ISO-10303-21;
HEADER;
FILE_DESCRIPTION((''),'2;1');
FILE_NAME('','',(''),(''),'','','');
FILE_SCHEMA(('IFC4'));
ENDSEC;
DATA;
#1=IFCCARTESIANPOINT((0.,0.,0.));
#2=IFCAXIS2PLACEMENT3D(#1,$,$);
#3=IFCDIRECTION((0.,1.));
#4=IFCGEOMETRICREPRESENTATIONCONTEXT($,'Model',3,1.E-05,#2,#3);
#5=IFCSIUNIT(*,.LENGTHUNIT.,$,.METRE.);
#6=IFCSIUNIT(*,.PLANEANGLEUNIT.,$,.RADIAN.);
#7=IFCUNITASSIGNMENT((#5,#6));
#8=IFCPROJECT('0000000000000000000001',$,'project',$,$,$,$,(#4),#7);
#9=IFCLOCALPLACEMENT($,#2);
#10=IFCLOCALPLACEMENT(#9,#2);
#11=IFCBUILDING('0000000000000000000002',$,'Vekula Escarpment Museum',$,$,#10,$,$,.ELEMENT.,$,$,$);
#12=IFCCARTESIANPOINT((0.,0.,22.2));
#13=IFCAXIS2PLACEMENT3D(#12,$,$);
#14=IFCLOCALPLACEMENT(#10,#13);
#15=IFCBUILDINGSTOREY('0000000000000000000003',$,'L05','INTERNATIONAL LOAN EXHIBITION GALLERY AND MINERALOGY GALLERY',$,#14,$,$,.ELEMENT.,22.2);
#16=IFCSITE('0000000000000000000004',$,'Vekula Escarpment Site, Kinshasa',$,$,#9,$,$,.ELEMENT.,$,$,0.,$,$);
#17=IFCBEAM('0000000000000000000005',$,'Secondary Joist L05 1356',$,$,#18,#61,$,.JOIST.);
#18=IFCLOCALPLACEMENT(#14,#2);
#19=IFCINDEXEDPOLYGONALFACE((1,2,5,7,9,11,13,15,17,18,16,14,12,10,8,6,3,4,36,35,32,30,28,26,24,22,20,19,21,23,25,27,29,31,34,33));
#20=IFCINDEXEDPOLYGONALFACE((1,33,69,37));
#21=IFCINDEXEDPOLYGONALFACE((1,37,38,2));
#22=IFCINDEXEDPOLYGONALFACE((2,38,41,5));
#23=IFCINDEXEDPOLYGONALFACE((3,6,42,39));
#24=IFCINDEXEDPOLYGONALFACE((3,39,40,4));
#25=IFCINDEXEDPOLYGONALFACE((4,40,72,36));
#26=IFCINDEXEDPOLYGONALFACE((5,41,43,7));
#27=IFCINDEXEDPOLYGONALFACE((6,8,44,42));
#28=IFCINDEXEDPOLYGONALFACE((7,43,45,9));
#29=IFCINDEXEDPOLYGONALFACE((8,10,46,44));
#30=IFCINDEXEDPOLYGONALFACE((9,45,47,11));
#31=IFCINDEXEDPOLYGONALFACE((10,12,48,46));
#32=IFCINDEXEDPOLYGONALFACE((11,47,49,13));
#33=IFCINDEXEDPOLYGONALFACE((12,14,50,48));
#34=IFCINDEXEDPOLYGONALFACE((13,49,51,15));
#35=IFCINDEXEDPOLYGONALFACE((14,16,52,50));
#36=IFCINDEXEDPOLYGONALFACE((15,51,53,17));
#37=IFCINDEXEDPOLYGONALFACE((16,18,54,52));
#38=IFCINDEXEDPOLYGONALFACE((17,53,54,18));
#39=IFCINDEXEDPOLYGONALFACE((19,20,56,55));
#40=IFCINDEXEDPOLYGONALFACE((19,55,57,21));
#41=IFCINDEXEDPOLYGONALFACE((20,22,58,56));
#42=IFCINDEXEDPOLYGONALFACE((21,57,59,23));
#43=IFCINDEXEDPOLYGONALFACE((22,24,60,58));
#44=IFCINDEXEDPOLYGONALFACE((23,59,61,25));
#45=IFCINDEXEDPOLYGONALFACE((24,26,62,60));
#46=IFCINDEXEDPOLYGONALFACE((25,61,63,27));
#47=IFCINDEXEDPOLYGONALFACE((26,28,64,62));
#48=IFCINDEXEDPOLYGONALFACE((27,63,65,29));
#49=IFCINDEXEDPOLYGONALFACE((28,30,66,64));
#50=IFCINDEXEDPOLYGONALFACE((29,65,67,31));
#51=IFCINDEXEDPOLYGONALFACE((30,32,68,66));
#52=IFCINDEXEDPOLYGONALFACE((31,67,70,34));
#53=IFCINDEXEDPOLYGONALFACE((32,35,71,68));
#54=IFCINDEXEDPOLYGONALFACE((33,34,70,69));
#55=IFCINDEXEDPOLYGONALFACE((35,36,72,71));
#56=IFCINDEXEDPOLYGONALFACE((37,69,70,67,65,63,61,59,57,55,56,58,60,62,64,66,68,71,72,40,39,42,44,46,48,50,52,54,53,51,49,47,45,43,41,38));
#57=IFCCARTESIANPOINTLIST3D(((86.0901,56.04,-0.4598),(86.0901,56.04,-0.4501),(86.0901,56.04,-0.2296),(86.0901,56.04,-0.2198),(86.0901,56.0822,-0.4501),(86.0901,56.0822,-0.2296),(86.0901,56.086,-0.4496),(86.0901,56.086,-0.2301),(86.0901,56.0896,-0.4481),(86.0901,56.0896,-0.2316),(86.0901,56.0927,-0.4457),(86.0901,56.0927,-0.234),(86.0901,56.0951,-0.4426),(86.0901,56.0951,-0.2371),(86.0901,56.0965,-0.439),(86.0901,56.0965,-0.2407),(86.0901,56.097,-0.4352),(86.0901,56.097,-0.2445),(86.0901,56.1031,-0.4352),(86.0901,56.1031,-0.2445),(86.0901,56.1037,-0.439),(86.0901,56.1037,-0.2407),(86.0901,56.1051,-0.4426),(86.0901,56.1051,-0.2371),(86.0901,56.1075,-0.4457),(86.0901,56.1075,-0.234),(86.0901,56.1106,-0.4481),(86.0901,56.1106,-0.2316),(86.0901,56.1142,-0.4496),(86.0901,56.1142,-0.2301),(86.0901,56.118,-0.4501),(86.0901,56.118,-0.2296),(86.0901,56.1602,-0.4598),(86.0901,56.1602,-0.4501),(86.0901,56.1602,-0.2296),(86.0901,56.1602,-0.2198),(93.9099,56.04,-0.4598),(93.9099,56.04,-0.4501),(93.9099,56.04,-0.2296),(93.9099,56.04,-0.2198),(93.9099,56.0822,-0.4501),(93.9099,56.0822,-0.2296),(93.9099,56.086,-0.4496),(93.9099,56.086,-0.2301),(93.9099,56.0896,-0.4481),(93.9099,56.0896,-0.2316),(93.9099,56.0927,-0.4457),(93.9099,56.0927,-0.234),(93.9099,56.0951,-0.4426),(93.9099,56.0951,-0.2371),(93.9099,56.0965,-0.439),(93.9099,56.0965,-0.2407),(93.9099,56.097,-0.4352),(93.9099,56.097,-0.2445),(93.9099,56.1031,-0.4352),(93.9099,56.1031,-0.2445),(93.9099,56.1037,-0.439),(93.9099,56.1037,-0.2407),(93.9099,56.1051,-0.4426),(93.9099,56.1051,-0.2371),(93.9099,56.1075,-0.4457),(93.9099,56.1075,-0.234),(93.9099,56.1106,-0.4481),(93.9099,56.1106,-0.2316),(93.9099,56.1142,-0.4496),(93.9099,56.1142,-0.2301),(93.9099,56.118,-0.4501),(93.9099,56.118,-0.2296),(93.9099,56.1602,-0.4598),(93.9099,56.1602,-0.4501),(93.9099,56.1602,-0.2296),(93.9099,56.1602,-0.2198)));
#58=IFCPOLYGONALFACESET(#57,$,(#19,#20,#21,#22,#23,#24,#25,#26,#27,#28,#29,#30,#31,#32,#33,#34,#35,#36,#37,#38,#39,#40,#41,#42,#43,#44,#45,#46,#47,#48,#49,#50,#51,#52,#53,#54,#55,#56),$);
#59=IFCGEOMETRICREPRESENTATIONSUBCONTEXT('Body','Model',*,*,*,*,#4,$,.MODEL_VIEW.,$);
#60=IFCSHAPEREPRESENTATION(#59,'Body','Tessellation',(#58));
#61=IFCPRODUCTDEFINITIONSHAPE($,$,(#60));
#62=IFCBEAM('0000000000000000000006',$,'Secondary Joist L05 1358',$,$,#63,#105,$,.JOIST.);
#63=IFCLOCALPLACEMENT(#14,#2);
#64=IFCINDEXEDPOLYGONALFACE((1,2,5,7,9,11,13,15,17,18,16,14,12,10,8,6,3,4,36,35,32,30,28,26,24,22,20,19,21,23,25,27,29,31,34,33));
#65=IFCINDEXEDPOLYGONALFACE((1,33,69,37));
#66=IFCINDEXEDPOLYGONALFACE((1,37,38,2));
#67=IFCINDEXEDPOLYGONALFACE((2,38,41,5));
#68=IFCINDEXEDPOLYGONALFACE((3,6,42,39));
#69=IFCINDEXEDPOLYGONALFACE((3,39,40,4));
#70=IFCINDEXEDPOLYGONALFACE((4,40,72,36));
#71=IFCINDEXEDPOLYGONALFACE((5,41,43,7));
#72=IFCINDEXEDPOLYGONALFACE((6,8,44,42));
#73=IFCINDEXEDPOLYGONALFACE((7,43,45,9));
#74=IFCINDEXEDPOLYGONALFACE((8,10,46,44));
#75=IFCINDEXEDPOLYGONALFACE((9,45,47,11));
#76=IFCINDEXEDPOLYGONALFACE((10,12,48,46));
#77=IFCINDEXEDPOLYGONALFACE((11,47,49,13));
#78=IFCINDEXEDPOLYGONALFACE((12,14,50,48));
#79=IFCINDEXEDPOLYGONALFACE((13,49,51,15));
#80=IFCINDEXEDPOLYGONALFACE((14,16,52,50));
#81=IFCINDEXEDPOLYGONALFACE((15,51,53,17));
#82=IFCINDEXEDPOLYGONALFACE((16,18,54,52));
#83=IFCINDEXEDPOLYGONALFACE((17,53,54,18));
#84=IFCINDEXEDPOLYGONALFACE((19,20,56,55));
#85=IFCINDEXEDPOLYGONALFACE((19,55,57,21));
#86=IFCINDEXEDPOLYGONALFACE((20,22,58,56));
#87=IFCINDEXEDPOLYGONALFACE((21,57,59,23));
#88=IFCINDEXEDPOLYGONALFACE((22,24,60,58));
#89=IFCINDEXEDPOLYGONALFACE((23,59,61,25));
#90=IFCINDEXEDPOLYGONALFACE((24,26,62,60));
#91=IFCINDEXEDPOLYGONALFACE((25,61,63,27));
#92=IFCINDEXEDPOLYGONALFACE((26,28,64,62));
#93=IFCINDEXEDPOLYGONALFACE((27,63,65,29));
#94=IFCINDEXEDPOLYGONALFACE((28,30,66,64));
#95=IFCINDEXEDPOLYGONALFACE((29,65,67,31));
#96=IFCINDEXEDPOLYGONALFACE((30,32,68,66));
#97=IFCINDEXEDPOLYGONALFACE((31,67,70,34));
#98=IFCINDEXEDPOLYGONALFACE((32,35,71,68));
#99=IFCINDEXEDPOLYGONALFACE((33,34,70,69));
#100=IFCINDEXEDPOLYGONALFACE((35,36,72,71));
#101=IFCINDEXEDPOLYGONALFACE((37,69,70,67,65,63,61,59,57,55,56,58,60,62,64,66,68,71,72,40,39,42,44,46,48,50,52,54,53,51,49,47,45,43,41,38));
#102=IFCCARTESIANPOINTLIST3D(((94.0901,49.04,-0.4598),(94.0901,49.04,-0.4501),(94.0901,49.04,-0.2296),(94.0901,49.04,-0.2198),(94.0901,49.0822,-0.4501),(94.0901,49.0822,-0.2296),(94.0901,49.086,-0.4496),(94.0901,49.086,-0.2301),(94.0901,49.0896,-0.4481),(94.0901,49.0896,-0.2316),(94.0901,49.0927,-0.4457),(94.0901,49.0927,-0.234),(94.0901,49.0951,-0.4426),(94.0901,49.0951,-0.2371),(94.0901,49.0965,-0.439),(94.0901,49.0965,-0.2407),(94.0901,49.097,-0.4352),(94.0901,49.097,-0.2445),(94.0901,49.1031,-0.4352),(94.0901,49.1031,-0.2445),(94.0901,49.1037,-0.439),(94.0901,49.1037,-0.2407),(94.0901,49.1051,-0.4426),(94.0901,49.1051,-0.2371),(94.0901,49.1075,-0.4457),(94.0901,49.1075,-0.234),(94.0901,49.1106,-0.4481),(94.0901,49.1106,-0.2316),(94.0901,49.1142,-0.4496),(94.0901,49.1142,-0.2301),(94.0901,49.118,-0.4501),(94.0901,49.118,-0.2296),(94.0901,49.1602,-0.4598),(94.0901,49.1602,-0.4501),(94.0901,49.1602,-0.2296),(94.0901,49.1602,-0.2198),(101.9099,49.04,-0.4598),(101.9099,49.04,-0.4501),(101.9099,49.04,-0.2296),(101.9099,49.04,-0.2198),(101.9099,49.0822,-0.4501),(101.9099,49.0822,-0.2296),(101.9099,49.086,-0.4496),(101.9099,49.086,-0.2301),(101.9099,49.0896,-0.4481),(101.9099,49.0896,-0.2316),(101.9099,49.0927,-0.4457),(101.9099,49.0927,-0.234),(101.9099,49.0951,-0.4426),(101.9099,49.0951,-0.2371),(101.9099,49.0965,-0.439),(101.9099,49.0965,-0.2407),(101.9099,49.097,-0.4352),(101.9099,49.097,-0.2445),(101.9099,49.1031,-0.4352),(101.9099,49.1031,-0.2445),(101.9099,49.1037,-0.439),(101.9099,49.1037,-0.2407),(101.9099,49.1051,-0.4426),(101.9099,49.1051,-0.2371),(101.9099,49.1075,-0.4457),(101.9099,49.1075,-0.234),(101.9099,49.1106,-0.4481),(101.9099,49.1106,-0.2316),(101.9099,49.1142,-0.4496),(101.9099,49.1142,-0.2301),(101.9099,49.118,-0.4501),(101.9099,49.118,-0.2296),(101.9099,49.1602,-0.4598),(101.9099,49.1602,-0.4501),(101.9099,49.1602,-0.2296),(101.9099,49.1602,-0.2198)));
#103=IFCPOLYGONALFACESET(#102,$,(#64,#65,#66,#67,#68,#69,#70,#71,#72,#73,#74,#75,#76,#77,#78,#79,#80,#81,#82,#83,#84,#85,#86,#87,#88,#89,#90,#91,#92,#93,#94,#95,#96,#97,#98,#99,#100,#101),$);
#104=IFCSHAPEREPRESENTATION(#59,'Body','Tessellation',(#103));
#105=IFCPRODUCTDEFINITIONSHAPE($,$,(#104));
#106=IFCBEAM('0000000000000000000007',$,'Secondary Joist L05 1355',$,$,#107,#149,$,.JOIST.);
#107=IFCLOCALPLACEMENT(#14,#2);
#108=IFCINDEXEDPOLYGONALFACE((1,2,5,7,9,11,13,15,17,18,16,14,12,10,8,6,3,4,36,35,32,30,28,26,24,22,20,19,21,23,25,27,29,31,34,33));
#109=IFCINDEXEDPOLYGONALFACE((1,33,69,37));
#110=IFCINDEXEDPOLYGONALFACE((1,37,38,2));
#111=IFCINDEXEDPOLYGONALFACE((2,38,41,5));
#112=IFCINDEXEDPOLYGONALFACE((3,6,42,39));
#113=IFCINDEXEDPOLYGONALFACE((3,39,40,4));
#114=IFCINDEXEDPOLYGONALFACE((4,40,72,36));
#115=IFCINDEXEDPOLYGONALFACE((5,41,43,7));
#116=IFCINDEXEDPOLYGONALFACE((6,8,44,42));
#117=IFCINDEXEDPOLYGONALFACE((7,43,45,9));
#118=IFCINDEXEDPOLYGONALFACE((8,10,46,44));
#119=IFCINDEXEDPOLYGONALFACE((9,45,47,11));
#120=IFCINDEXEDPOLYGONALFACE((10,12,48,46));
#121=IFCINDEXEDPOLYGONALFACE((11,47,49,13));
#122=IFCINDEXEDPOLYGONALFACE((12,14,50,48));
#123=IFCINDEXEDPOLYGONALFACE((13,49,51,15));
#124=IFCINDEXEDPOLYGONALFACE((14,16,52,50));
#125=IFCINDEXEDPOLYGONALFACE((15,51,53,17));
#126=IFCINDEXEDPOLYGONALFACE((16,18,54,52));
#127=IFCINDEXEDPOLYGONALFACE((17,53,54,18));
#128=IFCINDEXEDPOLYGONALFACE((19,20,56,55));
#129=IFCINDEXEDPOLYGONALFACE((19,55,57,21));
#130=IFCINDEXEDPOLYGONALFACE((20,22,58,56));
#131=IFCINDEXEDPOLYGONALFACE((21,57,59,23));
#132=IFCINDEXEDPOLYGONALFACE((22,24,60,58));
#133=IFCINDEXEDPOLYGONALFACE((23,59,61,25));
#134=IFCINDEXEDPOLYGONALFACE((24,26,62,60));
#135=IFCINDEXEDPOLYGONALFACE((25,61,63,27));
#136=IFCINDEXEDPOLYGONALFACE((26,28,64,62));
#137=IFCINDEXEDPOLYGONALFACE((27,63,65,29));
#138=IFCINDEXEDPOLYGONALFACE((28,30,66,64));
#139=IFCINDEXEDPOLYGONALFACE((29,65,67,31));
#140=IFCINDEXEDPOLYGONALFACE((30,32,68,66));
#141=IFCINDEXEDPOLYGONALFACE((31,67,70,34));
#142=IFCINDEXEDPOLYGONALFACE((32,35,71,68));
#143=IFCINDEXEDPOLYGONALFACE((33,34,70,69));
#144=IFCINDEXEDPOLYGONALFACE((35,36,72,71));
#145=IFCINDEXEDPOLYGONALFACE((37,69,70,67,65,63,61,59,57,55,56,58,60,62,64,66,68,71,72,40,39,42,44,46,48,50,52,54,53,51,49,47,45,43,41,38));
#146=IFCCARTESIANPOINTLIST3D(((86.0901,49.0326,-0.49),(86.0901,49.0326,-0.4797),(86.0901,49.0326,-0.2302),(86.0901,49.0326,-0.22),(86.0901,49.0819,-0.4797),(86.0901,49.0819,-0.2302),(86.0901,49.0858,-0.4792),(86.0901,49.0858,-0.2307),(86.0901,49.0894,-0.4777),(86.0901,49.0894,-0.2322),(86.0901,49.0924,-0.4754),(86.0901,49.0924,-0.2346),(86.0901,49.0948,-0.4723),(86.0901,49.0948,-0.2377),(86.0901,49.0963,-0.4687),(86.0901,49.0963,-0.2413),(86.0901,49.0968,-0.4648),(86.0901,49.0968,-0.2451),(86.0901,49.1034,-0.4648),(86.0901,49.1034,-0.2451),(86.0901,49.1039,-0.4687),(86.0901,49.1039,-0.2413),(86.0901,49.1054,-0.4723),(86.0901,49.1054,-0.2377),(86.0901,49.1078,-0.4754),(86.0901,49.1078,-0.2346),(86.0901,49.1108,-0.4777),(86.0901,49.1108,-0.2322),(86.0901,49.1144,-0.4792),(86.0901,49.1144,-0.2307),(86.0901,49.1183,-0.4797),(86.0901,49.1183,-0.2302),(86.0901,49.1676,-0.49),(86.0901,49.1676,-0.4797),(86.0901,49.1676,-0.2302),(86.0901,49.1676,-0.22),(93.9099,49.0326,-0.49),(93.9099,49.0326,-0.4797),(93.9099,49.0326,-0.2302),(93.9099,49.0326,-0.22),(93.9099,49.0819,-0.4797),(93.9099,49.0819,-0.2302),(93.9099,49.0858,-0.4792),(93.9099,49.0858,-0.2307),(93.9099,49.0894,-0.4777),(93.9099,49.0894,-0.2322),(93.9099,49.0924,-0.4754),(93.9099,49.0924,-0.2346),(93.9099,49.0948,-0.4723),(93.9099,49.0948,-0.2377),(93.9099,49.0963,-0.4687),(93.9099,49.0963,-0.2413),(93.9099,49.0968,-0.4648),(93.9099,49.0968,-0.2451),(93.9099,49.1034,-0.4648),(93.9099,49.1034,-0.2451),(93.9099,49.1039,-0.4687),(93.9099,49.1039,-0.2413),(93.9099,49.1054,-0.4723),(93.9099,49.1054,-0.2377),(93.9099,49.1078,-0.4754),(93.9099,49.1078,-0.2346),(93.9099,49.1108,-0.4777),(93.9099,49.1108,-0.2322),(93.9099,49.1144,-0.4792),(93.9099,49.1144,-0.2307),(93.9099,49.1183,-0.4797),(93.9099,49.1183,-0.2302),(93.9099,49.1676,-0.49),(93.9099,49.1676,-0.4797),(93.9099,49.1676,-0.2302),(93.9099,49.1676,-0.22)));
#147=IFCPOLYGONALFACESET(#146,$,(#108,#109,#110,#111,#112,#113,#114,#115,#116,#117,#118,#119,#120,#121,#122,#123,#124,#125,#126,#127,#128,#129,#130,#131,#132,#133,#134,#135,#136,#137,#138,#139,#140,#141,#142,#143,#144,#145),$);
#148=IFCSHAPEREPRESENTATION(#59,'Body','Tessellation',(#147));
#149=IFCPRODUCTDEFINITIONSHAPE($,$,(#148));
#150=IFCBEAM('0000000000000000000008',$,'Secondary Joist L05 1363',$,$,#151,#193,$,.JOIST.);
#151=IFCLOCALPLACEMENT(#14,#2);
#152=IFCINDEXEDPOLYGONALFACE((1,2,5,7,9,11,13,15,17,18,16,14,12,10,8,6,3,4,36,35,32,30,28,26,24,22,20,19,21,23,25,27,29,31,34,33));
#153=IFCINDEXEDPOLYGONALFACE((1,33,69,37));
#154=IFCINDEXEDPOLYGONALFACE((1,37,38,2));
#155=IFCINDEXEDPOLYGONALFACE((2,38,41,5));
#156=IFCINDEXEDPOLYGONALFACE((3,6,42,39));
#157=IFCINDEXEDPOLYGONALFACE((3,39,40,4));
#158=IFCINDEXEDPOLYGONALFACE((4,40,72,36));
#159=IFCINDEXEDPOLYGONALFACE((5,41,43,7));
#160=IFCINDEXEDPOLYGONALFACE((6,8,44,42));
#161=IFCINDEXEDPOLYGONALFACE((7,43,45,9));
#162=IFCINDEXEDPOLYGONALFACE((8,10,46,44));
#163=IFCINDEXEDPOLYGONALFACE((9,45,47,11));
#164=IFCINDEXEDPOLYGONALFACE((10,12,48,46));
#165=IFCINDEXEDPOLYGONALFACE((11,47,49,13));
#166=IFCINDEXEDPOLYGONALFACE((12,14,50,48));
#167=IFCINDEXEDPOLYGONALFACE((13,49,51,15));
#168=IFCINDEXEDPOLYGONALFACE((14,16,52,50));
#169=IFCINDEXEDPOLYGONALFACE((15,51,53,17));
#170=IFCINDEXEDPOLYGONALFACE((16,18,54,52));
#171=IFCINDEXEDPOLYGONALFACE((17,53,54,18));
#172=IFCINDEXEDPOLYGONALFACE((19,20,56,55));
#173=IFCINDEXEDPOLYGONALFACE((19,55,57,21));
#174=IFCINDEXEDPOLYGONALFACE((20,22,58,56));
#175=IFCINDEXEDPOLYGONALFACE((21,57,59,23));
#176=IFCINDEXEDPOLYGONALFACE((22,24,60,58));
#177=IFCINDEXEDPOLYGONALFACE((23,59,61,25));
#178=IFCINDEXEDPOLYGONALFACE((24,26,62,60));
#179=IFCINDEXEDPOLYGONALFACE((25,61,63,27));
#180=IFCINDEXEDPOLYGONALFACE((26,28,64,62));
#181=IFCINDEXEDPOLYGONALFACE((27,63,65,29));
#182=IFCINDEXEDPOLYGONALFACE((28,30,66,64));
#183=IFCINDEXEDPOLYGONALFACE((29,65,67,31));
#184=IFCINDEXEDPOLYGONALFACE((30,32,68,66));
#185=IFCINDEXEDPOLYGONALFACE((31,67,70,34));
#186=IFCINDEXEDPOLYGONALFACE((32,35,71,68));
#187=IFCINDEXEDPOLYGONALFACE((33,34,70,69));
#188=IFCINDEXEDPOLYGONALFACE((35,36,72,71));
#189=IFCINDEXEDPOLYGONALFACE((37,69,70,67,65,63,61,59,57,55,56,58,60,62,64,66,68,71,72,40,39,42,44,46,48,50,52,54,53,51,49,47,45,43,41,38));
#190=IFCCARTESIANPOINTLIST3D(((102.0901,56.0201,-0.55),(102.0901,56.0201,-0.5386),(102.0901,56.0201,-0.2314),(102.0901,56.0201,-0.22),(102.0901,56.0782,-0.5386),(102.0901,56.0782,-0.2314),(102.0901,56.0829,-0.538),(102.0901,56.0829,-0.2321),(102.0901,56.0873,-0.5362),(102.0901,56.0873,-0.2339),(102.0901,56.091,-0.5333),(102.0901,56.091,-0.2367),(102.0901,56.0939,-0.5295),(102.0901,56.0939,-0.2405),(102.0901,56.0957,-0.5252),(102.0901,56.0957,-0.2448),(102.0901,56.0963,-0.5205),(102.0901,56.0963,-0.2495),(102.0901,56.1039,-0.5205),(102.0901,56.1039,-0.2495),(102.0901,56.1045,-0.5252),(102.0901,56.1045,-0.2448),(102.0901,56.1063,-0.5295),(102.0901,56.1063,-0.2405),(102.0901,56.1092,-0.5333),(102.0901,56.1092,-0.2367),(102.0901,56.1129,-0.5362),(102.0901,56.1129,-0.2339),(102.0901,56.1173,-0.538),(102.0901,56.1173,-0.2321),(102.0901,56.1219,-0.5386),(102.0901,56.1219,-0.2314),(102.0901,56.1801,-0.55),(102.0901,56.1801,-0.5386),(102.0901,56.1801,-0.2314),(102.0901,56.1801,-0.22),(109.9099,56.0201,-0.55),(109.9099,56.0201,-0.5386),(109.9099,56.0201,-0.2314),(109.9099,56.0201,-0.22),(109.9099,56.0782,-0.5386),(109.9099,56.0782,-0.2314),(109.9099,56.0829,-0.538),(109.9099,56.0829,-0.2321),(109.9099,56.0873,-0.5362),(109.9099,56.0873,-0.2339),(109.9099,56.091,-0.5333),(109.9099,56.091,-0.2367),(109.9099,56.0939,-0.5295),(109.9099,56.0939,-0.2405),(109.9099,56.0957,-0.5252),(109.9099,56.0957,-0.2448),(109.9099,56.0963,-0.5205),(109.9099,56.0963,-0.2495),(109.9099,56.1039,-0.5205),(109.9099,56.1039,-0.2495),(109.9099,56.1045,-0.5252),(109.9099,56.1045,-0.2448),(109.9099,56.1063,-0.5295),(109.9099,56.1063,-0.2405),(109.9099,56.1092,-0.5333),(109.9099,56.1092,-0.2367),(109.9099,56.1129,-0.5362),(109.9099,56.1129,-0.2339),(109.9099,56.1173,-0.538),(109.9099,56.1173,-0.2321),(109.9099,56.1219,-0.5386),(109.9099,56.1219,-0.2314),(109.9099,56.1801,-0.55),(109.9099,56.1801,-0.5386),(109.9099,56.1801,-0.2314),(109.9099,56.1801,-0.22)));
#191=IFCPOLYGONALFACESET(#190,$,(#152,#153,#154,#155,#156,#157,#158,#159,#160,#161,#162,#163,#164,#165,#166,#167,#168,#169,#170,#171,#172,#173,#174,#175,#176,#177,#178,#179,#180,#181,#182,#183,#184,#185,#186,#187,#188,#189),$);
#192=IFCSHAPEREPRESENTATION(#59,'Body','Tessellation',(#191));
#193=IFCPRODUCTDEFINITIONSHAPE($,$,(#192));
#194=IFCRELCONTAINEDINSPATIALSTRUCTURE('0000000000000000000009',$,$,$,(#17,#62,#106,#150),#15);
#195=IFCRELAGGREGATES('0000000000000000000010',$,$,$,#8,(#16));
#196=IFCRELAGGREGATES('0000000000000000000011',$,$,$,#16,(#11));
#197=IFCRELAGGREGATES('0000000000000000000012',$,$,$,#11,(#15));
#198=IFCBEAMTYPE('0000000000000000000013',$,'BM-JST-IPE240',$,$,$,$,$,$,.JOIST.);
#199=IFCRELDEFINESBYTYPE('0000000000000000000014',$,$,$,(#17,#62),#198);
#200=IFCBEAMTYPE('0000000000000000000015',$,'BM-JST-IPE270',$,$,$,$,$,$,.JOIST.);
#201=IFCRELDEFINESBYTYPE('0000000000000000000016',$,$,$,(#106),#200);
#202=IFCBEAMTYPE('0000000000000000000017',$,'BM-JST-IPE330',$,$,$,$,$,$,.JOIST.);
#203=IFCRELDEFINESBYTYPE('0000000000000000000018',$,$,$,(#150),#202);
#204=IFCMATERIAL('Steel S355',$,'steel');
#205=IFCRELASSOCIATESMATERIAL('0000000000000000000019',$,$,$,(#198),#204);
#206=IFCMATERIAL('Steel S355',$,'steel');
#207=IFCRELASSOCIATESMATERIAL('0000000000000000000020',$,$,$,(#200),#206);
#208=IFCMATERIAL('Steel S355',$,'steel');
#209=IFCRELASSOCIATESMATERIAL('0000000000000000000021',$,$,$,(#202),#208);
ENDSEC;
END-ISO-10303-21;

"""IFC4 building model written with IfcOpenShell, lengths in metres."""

from ifc_helpers import new_model, si_unit, direction, frame, origin, origin_2d, place, context, subcontext, project, spatial, i_section, extrude, material, material_profile, profile_set, type_object, element, save


model = new_model("IFC4")

# Units and contexts
model_context = context("Model", 3, precision=1e-05, world=origin(), true_north=direction((0.0, 1.0)))
body_context = subcontext(model_context, "Body", "Model", "MODEL_VIEW")
ifc_project = project(units=[si_unit("LENGTHUNIT", "METRE"), si_unit("PLANEANGLEUNIT", "RADIAN")], contexts=[model_context])

# Site, building, storey
site_placement = place(None, origin())
site = spatial("IfcSite", under=ifc_project, at=site_placement, Name="Vekula Escarpment Site, Kinshasa", CompositionType="ELEMENT", RefElevation=0.0)
building_placement = place(site_placement, origin())
building = spatial("IfcBuilding", under=site, at=building_placement, Name="Vekula Escarpment Museum", CompositionType="ELEMENT")
storey_placement = place(building_placement, frame((0.0, 0.0, 22.2)))
storey = spatial("IfcBuildingStorey", under=building, at=storey_placement, Name="L05", Description="INTERNATIONAL LOAN EXHIBITION GALLERY AND MINERALOGY GALLERY", CompositionType="ELEMENT", Elevation=22.2)

# Beams
ifc_material_1 = material(Name="Steel S355", Category="steel")
ifc_material_profile_1 = material_profile(ifc_material_1, i_section(OverallWidth=0.1201, OverallDepth=0.24, WebThickness=0.0061, FlangeThickness=0.0098, FilletRadius=0.0149, at=origin_2d()), Name="IPE 240")
ifc_profile_set_1 = profile_set([ifc_material_profile_1], Name="Steel S355")
beam_type_1 = type_object("IfcBeamType", Name="BM-JST-IPE240", PredefinedType="JOIST", material=ifc_profile_set_1)
for number, where, z_axis, x_axis, name in (
    (1, (86.0901, 56.1001, -0.3398), (1.0, 0.0, 0.0), (0.0, 1.0, 0.0), "Secondary Joist L05 1356"),
    (2, (94.0901, 49.1001, -0.3398), (1.0, 0.0, 0.0), (0.0, 1.0, 0.0), "Secondary Joist L05 1358"),
):
    element("IfcBeam", number, at=place(storey_placement, frame(where, z_axis=z_axis, x_axis=x_axis)), inside=storey, type_object=beam_type_1, Name=name, PredefinedType="JOIST", context=body_context, shape_type="SweptSolid", body=[
        extrude(i_section(OverallWidth=0.1201, OverallDepth=0.24, WebThickness=0.0061, FlangeThickness=0.0098, FilletRadius=0.0149, at=origin_2d()), origin(), (0.0, 0.0, 1.0), 7.8198),
    ])
ifc_material_2 = material(Name="Steel S355", Category="steel")
ifc_material_profile_2 = material_profile(ifc_material_2, i_section(OverallWidth=0.135, OverallDepth=0.27, WebThickness=0.0066, FlangeThickness=0.0103, FilletRadius=0.0149, at=origin_2d()), Name="IPE 270")
ifc_profile_set_2 = profile_set([ifc_material_profile_2], Name="Steel S355")
beam_type_2 = type_object("IfcBeamType", Name="BM-JST-IPE270", PredefinedType="JOIST", material=ifc_profile_set_2)
beam_1_placement = place(storey_placement, frame((86.0901, 49.1001, -0.355), z_axis=(1.0, 0.0, 0.0), x_axis=(0.0, 1.0, 0.0)))
element("IfcBeam", 3, at=beam_1_placement, inside=storey, type_object=beam_type_2, Name="Secondary Joist L05 1355", PredefinedType="JOIST", context=body_context, shape_type="SweptSolid", body=[
    extrude(i_section(OverallWidth=0.135, OverallDepth=0.27, WebThickness=0.0066, FlangeThickness=0.0103, FilletRadius=0.0149, at=origin_2d()), origin(), (0.0, 0.0, 1.0), 7.8198),
])
ifc_material_3 = material(Name="Steel S355", Category="steel")
ifc_material_profile_3 = material_profile(ifc_material_3, i_section(OverallWidth=0.1599, OverallDepth=0.3301, WebThickness=0.0076, FlangeThickness=0.0115, FilletRadius=0.0181, at=origin_2d()), Name="IPE 330")
ifc_profile_set_3 = profile_set([ifc_material_profile_3], Name="Steel S355")
beam_type_3 = type_object("IfcBeamType", Name="BM-JST-IPE330", PredefinedType="JOIST", material=ifc_profile_set_3)
beam_2_placement = place(storey_placement, frame((102.0901, 56.1001, -0.385), z_axis=(1.0, 0.0, 0.0), x_axis=(0.0, 1.0, 0.0)))
element("IfcBeam", 4, at=beam_2_placement, inside=storey, type_object=beam_type_3, Name="Secondary Joist L05 1363", PredefinedType="JOIST", context=body_context, shape_type="SweptSolid", body=[
    extrude(i_section(OverallWidth=0.1599, OverallDepth=0.3301, WebThickness=0.0076, FlangeThickness=0.0115, FilletRadius=0.0181, at=origin_2d()), origin(), (0.0, 0.0, 1.0), 7.8198),
])

save(model, "model.ifc")
